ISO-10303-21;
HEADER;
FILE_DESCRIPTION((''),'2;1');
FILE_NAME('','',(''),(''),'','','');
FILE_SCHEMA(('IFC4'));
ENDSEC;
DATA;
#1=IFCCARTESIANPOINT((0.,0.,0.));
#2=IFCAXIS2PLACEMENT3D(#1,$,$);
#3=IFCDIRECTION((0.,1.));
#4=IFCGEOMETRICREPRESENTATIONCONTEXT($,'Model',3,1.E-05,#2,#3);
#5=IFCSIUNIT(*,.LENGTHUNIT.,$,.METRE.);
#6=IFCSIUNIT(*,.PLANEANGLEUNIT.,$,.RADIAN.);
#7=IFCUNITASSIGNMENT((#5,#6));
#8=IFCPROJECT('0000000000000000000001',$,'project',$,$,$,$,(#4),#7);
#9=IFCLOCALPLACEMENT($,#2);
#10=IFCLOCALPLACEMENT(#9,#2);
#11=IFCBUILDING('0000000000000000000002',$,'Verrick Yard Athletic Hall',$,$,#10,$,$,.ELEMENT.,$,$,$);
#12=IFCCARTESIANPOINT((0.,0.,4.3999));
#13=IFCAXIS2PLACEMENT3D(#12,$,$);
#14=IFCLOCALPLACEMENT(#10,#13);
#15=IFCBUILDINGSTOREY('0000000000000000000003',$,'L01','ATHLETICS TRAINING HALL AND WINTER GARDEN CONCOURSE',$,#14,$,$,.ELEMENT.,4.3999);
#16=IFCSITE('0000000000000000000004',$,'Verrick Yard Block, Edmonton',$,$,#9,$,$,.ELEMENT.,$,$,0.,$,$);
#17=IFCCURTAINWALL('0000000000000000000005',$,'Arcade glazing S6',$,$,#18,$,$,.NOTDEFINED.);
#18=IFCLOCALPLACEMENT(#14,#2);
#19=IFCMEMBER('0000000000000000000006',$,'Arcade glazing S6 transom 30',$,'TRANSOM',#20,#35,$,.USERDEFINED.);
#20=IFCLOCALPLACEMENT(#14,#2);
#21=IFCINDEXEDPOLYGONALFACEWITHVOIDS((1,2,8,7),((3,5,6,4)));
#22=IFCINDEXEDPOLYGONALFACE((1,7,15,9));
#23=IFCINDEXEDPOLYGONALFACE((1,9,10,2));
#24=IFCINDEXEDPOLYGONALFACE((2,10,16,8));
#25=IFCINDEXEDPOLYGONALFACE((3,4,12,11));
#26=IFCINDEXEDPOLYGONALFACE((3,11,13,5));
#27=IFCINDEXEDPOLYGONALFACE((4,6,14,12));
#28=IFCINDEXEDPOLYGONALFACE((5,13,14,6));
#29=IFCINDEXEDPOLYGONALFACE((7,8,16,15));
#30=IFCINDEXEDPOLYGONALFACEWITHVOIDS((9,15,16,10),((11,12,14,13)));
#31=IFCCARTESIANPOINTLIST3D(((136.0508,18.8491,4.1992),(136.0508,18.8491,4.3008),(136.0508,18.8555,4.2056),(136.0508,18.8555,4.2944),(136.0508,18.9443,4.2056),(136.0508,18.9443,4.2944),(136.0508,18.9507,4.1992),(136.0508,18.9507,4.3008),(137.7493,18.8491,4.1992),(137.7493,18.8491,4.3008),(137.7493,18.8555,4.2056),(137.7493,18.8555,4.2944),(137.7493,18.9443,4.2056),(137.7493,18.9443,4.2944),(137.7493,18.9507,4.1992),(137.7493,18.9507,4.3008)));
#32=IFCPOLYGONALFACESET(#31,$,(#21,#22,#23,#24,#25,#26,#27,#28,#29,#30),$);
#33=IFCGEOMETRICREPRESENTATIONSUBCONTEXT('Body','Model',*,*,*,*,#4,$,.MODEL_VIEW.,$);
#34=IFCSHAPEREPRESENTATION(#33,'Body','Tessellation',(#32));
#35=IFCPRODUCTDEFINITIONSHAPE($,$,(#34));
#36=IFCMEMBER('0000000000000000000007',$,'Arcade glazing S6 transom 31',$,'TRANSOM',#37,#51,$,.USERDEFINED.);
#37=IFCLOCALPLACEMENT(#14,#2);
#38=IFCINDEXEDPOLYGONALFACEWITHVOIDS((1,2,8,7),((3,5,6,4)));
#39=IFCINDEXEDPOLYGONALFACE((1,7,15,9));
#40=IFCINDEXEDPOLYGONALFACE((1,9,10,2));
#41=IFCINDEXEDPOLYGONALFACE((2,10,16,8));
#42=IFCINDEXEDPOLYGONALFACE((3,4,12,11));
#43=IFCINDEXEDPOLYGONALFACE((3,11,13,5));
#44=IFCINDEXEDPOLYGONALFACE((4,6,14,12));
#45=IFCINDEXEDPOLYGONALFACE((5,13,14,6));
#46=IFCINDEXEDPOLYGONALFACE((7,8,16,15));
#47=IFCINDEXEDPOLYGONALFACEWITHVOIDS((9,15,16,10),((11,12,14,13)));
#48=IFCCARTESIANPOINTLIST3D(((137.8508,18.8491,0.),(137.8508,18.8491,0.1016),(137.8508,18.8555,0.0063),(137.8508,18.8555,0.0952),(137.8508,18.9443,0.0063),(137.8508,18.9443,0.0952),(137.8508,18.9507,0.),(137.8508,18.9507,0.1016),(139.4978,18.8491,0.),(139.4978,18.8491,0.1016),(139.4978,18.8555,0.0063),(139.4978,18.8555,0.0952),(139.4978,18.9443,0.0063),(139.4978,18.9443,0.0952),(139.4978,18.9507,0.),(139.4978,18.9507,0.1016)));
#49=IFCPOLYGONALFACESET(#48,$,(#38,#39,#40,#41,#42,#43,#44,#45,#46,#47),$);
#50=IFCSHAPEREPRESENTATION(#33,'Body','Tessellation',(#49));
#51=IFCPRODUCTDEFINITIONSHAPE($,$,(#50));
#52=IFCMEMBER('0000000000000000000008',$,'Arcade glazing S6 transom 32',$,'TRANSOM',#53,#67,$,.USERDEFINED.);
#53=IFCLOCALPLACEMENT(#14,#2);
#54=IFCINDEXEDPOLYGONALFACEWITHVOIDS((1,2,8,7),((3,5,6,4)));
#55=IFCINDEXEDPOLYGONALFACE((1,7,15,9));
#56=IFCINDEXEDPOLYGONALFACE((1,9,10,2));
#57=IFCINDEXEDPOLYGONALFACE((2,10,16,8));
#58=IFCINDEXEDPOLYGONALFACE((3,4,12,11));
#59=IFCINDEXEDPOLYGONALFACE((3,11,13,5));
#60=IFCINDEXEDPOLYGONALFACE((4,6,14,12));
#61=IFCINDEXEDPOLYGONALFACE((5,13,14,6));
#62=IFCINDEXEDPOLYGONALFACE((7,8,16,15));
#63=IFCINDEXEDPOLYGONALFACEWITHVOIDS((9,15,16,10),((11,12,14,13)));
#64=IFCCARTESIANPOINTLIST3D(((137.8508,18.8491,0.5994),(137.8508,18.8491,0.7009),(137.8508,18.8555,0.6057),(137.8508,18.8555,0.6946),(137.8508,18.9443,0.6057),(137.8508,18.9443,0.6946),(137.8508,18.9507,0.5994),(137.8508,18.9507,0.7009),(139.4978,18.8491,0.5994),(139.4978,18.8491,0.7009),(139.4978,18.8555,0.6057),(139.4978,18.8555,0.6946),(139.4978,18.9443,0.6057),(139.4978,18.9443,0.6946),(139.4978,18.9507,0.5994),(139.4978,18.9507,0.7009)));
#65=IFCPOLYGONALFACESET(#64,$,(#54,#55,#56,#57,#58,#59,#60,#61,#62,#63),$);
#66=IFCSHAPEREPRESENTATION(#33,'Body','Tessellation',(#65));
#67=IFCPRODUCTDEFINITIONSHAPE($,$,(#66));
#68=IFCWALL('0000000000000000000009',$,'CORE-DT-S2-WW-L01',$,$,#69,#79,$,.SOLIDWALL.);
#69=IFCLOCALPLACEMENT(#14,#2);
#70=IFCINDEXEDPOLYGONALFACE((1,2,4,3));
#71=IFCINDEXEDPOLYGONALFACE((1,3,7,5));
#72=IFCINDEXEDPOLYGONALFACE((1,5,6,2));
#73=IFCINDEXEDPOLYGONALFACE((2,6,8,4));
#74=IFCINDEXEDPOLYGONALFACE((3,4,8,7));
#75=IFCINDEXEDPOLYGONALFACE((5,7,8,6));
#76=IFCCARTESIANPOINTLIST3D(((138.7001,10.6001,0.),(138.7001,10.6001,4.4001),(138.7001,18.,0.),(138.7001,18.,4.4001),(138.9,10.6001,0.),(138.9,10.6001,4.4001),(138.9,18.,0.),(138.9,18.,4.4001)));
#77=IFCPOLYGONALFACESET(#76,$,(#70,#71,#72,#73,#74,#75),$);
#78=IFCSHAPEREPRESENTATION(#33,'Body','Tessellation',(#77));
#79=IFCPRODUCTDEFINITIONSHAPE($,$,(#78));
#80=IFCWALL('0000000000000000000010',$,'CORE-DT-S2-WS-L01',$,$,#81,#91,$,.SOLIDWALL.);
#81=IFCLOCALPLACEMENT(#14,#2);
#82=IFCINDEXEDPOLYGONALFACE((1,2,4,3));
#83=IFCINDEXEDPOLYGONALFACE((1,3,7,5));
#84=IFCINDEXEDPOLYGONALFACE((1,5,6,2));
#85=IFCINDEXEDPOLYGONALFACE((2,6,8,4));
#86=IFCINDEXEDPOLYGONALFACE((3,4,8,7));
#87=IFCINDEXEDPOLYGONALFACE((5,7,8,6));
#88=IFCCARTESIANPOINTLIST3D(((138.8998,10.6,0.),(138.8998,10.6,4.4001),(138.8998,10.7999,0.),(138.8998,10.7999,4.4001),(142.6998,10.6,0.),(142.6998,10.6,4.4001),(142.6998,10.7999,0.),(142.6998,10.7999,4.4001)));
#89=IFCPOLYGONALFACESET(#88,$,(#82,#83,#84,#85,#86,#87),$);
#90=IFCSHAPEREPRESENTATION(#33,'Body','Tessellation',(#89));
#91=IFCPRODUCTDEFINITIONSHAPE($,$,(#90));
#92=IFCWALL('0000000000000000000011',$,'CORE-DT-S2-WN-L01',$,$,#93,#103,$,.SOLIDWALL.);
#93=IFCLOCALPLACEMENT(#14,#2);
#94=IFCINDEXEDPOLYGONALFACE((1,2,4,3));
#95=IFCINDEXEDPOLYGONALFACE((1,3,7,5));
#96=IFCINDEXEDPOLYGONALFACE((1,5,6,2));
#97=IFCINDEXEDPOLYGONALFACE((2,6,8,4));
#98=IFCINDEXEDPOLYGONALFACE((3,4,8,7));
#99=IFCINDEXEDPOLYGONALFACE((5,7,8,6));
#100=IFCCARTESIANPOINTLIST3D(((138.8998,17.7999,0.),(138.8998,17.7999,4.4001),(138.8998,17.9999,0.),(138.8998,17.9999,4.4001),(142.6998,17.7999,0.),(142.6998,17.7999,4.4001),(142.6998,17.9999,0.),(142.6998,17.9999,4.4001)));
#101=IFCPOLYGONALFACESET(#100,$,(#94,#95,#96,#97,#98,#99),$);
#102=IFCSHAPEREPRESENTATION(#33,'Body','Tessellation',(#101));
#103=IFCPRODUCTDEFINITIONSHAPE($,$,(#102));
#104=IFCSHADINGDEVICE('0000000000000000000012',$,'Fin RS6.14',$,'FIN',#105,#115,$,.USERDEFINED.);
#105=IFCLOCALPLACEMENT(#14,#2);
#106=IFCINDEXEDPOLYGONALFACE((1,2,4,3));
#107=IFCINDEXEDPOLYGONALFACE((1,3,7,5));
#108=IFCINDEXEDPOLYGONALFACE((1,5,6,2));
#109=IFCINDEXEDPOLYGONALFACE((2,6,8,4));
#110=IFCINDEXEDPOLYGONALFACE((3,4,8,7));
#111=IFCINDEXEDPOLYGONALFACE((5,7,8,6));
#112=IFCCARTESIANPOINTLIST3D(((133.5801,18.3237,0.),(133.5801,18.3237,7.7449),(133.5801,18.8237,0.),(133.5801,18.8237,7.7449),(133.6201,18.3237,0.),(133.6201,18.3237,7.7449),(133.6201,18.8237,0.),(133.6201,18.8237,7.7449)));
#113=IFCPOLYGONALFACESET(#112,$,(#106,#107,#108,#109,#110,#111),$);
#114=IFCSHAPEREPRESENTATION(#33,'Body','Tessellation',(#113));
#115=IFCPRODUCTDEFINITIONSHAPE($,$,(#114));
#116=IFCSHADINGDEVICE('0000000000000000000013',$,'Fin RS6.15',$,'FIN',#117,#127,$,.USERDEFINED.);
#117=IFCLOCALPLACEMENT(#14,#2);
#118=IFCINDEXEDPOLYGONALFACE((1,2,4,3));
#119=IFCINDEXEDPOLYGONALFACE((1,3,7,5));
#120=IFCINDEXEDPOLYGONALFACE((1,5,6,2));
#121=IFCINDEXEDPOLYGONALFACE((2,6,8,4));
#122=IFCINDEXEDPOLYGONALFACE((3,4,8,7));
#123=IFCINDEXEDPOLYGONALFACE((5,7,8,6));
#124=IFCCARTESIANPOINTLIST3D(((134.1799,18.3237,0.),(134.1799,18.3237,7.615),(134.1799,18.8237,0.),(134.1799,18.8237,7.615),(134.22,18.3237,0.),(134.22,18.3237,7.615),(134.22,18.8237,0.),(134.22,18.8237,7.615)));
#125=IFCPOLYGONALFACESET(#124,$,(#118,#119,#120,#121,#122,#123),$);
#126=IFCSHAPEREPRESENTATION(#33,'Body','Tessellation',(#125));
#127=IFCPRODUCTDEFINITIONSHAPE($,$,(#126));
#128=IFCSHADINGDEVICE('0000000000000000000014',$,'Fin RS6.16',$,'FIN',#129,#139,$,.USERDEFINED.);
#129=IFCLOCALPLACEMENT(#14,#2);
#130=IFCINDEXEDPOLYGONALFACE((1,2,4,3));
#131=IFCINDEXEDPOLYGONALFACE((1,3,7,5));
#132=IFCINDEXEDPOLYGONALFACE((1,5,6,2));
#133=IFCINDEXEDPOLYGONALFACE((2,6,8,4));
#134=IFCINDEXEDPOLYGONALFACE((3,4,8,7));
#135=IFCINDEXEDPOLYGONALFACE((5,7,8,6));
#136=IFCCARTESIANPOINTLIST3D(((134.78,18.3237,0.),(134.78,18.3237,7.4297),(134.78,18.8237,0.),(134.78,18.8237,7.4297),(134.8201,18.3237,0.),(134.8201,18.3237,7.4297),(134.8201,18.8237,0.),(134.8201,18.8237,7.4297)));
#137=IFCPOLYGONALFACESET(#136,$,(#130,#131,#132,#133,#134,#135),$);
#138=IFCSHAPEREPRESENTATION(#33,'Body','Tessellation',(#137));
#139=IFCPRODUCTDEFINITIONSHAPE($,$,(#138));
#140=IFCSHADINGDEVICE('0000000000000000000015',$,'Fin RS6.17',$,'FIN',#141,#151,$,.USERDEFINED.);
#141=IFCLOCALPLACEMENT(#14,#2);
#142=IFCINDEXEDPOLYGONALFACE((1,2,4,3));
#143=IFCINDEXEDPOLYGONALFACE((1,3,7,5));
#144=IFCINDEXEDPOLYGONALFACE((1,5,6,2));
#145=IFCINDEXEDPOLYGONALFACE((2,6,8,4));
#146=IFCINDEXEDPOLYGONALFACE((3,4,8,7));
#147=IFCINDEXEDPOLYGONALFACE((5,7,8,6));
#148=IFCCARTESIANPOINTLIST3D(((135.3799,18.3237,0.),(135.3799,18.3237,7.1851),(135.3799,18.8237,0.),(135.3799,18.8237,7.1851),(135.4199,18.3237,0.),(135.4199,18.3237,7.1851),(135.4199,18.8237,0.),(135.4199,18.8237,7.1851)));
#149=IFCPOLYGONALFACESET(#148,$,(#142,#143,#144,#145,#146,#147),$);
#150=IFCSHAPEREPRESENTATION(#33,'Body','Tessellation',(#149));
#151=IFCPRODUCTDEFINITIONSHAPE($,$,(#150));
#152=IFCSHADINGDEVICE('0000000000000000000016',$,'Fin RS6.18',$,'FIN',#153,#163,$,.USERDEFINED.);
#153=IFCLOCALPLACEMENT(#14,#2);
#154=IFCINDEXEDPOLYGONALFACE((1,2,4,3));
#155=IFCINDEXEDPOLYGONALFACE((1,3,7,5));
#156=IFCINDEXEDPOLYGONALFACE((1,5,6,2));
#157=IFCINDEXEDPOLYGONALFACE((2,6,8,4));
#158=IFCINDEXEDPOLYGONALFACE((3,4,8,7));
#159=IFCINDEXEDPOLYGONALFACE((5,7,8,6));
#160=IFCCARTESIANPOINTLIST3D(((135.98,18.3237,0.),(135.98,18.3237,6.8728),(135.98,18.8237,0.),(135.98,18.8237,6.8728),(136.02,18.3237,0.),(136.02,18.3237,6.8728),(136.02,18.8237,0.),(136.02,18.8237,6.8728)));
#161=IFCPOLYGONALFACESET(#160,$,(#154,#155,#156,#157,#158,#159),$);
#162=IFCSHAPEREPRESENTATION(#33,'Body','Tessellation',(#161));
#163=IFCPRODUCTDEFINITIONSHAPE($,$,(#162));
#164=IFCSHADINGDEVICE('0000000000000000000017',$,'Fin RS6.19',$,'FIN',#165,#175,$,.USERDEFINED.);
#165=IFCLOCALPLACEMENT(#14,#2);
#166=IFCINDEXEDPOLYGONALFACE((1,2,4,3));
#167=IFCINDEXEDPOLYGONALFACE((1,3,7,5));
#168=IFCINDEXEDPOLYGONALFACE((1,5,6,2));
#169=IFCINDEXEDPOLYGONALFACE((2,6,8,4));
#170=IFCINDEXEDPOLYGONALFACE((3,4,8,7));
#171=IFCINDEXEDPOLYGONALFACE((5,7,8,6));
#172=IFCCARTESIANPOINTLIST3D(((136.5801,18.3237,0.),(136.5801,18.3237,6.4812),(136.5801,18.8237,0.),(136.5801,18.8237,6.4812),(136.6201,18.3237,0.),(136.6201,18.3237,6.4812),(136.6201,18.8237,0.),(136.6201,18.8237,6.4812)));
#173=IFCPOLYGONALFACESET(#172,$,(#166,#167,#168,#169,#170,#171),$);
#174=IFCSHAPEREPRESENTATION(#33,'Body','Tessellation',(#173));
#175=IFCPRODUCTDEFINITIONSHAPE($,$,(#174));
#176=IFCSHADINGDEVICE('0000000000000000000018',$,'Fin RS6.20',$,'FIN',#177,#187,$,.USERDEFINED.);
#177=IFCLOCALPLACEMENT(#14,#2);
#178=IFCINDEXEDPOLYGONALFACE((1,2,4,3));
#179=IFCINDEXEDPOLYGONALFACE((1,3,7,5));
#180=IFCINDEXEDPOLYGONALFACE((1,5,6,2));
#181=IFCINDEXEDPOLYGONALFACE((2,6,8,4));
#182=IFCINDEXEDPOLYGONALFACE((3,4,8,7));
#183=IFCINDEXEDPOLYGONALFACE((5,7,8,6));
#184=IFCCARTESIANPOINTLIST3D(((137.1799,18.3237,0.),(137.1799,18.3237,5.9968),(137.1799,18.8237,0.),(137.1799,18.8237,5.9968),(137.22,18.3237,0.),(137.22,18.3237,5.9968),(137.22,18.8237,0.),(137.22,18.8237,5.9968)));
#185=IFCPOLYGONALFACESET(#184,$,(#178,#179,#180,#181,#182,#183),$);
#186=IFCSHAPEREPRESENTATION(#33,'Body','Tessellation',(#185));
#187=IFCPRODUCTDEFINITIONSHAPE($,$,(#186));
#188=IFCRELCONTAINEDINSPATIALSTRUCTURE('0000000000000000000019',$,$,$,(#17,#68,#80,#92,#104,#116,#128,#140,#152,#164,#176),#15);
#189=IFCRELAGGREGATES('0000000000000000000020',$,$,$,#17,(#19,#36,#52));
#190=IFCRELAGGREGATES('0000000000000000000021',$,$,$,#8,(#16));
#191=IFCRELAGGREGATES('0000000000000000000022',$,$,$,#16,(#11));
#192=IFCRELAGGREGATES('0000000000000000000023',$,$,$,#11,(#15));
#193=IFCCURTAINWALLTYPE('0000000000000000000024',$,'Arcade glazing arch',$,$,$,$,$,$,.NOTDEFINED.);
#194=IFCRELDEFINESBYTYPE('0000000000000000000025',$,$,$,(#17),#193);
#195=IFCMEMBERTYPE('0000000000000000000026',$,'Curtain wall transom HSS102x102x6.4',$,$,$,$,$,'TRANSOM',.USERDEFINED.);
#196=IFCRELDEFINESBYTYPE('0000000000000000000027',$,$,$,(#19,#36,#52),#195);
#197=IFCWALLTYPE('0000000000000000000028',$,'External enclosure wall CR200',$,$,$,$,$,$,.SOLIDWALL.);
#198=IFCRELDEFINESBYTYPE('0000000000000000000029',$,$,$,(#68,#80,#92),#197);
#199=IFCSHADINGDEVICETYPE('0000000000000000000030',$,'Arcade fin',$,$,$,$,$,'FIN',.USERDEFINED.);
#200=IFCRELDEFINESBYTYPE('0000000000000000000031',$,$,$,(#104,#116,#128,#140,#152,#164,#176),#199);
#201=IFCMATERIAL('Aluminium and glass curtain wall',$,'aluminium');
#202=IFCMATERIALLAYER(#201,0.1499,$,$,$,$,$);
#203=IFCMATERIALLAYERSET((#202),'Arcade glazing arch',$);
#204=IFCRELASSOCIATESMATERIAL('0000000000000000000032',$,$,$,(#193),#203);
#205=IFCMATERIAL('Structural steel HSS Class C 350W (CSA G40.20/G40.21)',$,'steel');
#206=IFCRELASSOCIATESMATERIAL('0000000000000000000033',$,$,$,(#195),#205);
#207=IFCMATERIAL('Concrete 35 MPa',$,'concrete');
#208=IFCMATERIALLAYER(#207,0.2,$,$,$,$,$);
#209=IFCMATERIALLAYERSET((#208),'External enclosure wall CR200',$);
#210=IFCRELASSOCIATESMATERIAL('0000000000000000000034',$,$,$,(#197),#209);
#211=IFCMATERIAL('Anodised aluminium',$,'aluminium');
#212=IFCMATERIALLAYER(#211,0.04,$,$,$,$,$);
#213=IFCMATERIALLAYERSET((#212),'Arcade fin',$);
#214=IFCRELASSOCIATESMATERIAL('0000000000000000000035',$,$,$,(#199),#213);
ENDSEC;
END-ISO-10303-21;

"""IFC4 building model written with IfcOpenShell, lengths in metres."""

from ifc_helpers import new_model, si_unit, direction, frame, frame_2d, origin, origin_2d, place, context, subcontext, project, spatial, polyline, rectangle, hollow_rectangle, outline, extrude, material, layer, layer_set, material_profile, profile_set, type_object, element, aggregate, save


model = new_model("IFC4")

# Units and contexts
model_context = context("Model", 3, precision=1e-05, world=origin(), true_north=direction((0.0, 1.0)))
body_context = subcontext(model_context, "Body", "Model", "MODEL_VIEW")
ifc_project = project(units=[si_unit("LENGTHUNIT", "METRE"), si_unit("PLANEANGLEUNIT", "RADIAN")], contexts=[model_context])

# Site, building, storey
site_placement = place(None, origin())
site = spatial("IfcSite", under=ifc_project, at=site_placement, Name="Verrick Yard Block, Edmonton", CompositionType="ELEMENT", RefElevation=0.0)
building_placement = place(site_placement, origin())
building = spatial("IfcBuilding", under=site, at=building_placement, Name="Verrick Yard Athletic Hall", CompositionType="ELEMENT")
storey_placement = place(building_placement, frame((0.0, 0.0, 4.3999)))
storey = spatial("IfcBuildingStorey", under=building, at=storey_placement, Name="L01", Description="ATHLETICS TRAINING HALL AND WINTER GARDEN CONCOURSE", CompositionType="ELEMENT", Elevation=4.3999)

# Curtain wall, members
ifc_material_1 = material(Name="Aluminium and glass curtain wall", Category="aluminium")
ifc_layer_1 = layer(ifc_material_1, 0.1499)
ifc_layer_set_1 = layer_set([ifc_layer_1], Name="Arcade glazing arch")
curtain_wall_type = type_object("IfcCurtainWallType", Name="Arcade glazing arch", PredefinedType="NOTDEFINED", material=ifc_layer_set_1)
curtain_wall_placement = place(storey_placement, origin())
curtain_wall = element("IfcCurtainWall", 1, at=curtain_wall_placement, inside=storey, type_object=curtain_wall_type, Name="Arcade glazing S6", PredefinedType="NOTDEFINED")
ifc_material_2 = material(Name="Structural steel HSS Class C 350W (CSA G40.20/G40.21)", Category="steel")
ifc_material_profile_1 = material_profile(ifc_material_2, hollow_rectangle(XDim=0.1016, YDim=0.1016, WallThickness=0.0063, at=origin_2d()), Name="HSS102x102x6.4")
ifc_profile_set_1 = profile_set([ifc_material_profile_1], Name="Structural steel HSS Class C 350W (CSA G40.20/G40.21)")
member_type_1 = type_object("IfcMemberType", Name="Curtain wall transom HSS102x102x6.4", ElementType="TRANSOM", PredefinedType="USERDEFINED", material=ifc_profile_set_1)
member_1_placement = place(storey_placement, frame((136.0508, 18.8999, 4.25), z_axis=(1.0, 0.0, 0.0), x_axis=(0.0, 1.0, 0.0)))
member_1 = element("IfcMember", 2, at=member_1_placement, type_object=member_type_1, Name="Arcade glazing S6 transom 30", ObjectType="TRANSOM", PredefinedType="USERDEFINED", context=body_context, shape_type="SweptSolid", body=[
    extrude(hollow_rectangle(XDim=0.1016, YDim=0.1016, WallThickness=0.0063, at=origin_2d()), origin(), (0.0, 0.0, 1.0), 1.6985),
])
member_2_placement = place(storey_placement, frame((137.8508, 18.8999, 0.0508), z_axis=(1.0, 0.0, 0.0), x_axis=(0.0, 1.0, 0.0)))
member_2 = element("IfcMember", 3, at=member_2_placement, type_object=member_type_1, Name="Arcade glazing S6 transom 31", ObjectType="TRANSOM", PredefinedType="USERDEFINED", context=body_context, shape_type="SweptSolid", body=[
    extrude(hollow_rectangle(XDim=0.1016, YDim=0.1016, WallThickness=0.0063, at=origin_2d()), origin(), (0.0, 0.0, 1.0), 1.647),
])
member_3_placement = place(storey_placement, frame((137.8508, 18.8999, 0.6501), z_axis=(1.0, 0.0, 0.0), x_axis=(0.0, 1.0, 0.0)))
member_3 = element("IfcMember", 4, at=member_3_placement, type_object=member_type_1, Name="Arcade glazing S6 transom 32", ObjectType="TRANSOM", PredefinedType="USERDEFINED", context=body_context, shape_type="SweptSolid", body=[
    extrude(hollow_rectangle(XDim=0.1016, YDim=0.1016, WallThickness=0.0063, at=origin_2d()), origin(), (0.0, 0.0, 1.0), 1.647),
])
aggregate(curtain_wall, [member_1, member_2, member_3])

# Walls
ifc_material_3 = material(Name="Concrete 35 MPa", Category="concrete")
ifc_layer_2 = layer(ifc_material_3, 0.2)
ifc_layer_set_2 = layer_set([ifc_layer_2], Name="External enclosure wall CR200")
wall_type = type_object("IfcWallType", Name="External enclosure wall CR200", PredefinedType="SOLIDWALL", material=ifc_layer_set_2)
wall_placement = place(storey_placement, frame((138.8, 10.6001, 0.0), z_axis=(0.0, 0.0, 1.0), x_axis=(0.0, 1.0, 0.0)))
element("IfcWall", 5, at=wall_placement, inside=storey, type_object=wall_type, Name="CORE-DT-S2-WW-L01", PredefinedType="SOLIDWALL", context=body_context, shape_type="SweptSolid", body=[
    extrude(rectangle(XDim=7.3999, YDim=0.2, at=frame_2d((3.7, 0.0))), origin(), (0.0, 0.0, 1.0), 4.4001),
])
for number, where, z_axis, x_axis, name in (
    (6, (138.8999, 10.7, 0.0), (0.0, 0.0, 1.0), (1.0, 0.0, 0.0), "CORE-DT-S2-WS-L01"),
    (7, (138.8999, 17.8999, 0.0), (0.0, 0.0, 1.0), (1.0, 0.0, 0.0), "CORE-DT-S2-WN-L01"),
):
    element("IfcWall", number, at=place(storey_placement, frame(where, z_axis=z_axis, x_axis=x_axis)), inside=storey, type_object=wall_type, Name=name, PredefinedType="SOLIDWALL", context=body_context, shape_type="SweptSolid", body=[
        extrude(rectangle(XDim=3.8, YDim=0.2, at=frame_2d((1.8999, 0.0))), origin(), (0.0, 0.0, 1.0), 4.4001),
    ])

# Shading devices
ifc_material_4 = material(Name="Anodised aluminium", Category="aluminium")
ifc_layer_3 = layer(ifc_material_4, 0.04)
ifc_layer_set_3 = layer_set([ifc_layer_3], Name="Arcade fin")
shading_device_type = type_object("IfcShadingDeviceType", Name="Arcade fin", ElementType="FIN", PredefinedType="USERDEFINED", material=ifc_layer_set_3)
shading_device_1_placement = place(storey_placement, frame((133.6001, 18.8237, 0.0), z_axis=(0.0, 0.0, 1.0), x_axis=(0.0, -1.0, 0.0)))
element("IfcShadingDevice", 8, at=shading_device_1_placement, inside=storey, type_object=shading_device_type, Name="Fin RS6.14", ObjectType="FIN", PredefinedType="USERDEFINED", context=body_context, shape_type="SweptSolid", body=[
    extrude(outline(polyline([(0.0, 0.0), (0.5, 0.0), (0.5, 7.7449), (0.0, 7.7449), (0.0, 0.0)])), frame((0.0, 0.02, 0.0), z_axis=(0.0, -1.0, 0.0), x_axis=(1.0, 0.0, 0.0)), (0.0, 0.0, 1.0), 0.04),
])
shading_device_2_placement = place(storey_placement, frame((134.2, 18.8237, 0.0), z_axis=(0.0, 0.0, 1.0), x_axis=(0.0, -1.0, 0.0)))
element("IfcShadingDevice", 9, at=shading_device_2_placement, inside=storey, type_object=shading_device_type, Name="Fin RS6.15", ObjectType="FIN", PredefinedType="USERDEFINED", context=body_context, shape_type="SweptSolid", body=[
    extrude(outline(polyline([(0.0, 0.0), (0.5, 0.0), (0.5, 7.615), (0.0, 7.615), (0.0, 0.0)])), frame((0.0, 0.02, 0.0), z_axis=(0.0, -1.0, 0.0), x_axis=(1.0, 0.0, 0.0)), (0.0, 0.0, 1.0), 0.04),
])
shading_device_3_placement = place(storey_placement, frame((134.8, 18.8237, 0.0), z_axis=(0.0, 0.0, 1.0), x_axis=(0.0, -1.0, 0.0)))
element("IfcShadingDevice", 10, at=shading_device_3_placement, inside=storey, type_object=shading_device_type, Name="Fin RS6.16", ObjectType="FIN", PredefinedType="USERDEFINED", context=body_context, shape_type="SweptSolid", body=[
    extrude(outline(polyline([(0.0, 0.0), (0.5, 0.0), (0.5, 7.4297), (0.0, 7.4297), (0.0, 0.0)])), frame((0.0, 0.02, 0.0), z_axis=(0.0, -1.0, 0.0), x_axis=(1.0, 0.0, 0.0)), (0.0, 0.0, 1.0), 0.04),
])
shading_device_4_placement = place(storey_placement, frame((135.3999, 18.8237, 0.0), z_axis=(0.0, 0.0, 1.0), x_axis=(0.0, -1.0, 0.0)))
element("IfcShadingDevice", 11, at=shading_device_4_placement, inside=storey, type_object=shading_device_type, Name="Fin RS6.17", ObjectType="FIN", PredefinedType="USERDEFINED", context=body_context, shape_type="SweptSolid", body=[
    extrude(outline(polyline([(0.0, 0.0), (0.5, 0.0), (0.5, 7.1851), (0.0, 7.1851), (0.0, 0.0)])), frame((0.0, 0.02, 0.0), z_axis=(0.0, -1.0, 0.0), x_axis=(1.0, 0.0, 0.0)), (0.0, 0.0, 1.0), 0.04),
])
shading_device_5_placement = place(storey_placement, frame((136.0, 18.8237, 0.0), z_axis=(0.0, 0.0, 1.0), x_axis=(0.0, -1.0, 0.0)))
element("IfcShadingDevice", 12, at=shading_device_5_placement, inside=storey, type_object=shading_device_type, Name="Fin RS6.18", ObjectType="FIN", PredefinedType="USERDEFINED", context=body_context, shape_type="SweptSolid", body=[
    extrude(outline(polyline([(0.0, 0.0), (0.5, 0.0), (0.5, 6.8728), (0.0, 6.8728), (0.0, 0.0)])), frame((0.0, 0.02, 0.0), z_axis=(0.0, -1.0, 0.0), x_axis=(1.0, 0.0, 0.0)), (0.0, 0.0, 1.0), 0.04),
])
shading_device_6_placement = place(storey_placement, frame((136.6001, 18.8237, 0.0), z_axis=(0.0, 0.0, 1.0), x_axis=(0.0, -1.0, 0.0)))
element("IfcShadingDevice", 13, at=shading_device_6_placement, inside=storey, type_object=shading_device_type, Name="Fin RS6.19", ObjectType="FIN", PredefinedType="USERDEFINED", context=body_context, shape_type="SweptSolid", body=[
    extrude(outline(polyline([(0.0, 0.0), (0.5, 0.0), (0.5, 6.4812), (0.0, 6.4812), (0.0, 0.0)])), frame((0.0, 0.02, 0.0), z_axis=(0.0, -1.0, 0.0), x_axis=(1.0, 0.0, 0.0)), (0.0, 0.0, 1.0), 0.04),
])
shading_device_7_placement = place(storey_placement, frame((137.2, 18.8237, 0.0), z_axis=(0.0, 0.0, 1.0), x_axis=(0.0, -1.0, 0.0)))
element("IfcShadingDevice", 14, at=shading_device_7_placement, inside=storey, type_object=shading_device_type, Name="Fin RS6.20", ObjectType="FIN", PredefinedType="USERDEFINED", context=body_context, shape_type="SweptSolid", body=[
    extrude(outline(polyline([(0.0, 0.0), (0.5, 0.0), (0.5, 5.9968), (0.0, 5.9968), (0.0, 0.0)])), frame((0.0, 0.02, 0.0), z_axis=(0.0, -1.0, 0.0), x_axis=(1.0, 0.0, 0.0)), (0.0, 0.0, 1.0), 0.04),
])

save(model, "model.ifc")
